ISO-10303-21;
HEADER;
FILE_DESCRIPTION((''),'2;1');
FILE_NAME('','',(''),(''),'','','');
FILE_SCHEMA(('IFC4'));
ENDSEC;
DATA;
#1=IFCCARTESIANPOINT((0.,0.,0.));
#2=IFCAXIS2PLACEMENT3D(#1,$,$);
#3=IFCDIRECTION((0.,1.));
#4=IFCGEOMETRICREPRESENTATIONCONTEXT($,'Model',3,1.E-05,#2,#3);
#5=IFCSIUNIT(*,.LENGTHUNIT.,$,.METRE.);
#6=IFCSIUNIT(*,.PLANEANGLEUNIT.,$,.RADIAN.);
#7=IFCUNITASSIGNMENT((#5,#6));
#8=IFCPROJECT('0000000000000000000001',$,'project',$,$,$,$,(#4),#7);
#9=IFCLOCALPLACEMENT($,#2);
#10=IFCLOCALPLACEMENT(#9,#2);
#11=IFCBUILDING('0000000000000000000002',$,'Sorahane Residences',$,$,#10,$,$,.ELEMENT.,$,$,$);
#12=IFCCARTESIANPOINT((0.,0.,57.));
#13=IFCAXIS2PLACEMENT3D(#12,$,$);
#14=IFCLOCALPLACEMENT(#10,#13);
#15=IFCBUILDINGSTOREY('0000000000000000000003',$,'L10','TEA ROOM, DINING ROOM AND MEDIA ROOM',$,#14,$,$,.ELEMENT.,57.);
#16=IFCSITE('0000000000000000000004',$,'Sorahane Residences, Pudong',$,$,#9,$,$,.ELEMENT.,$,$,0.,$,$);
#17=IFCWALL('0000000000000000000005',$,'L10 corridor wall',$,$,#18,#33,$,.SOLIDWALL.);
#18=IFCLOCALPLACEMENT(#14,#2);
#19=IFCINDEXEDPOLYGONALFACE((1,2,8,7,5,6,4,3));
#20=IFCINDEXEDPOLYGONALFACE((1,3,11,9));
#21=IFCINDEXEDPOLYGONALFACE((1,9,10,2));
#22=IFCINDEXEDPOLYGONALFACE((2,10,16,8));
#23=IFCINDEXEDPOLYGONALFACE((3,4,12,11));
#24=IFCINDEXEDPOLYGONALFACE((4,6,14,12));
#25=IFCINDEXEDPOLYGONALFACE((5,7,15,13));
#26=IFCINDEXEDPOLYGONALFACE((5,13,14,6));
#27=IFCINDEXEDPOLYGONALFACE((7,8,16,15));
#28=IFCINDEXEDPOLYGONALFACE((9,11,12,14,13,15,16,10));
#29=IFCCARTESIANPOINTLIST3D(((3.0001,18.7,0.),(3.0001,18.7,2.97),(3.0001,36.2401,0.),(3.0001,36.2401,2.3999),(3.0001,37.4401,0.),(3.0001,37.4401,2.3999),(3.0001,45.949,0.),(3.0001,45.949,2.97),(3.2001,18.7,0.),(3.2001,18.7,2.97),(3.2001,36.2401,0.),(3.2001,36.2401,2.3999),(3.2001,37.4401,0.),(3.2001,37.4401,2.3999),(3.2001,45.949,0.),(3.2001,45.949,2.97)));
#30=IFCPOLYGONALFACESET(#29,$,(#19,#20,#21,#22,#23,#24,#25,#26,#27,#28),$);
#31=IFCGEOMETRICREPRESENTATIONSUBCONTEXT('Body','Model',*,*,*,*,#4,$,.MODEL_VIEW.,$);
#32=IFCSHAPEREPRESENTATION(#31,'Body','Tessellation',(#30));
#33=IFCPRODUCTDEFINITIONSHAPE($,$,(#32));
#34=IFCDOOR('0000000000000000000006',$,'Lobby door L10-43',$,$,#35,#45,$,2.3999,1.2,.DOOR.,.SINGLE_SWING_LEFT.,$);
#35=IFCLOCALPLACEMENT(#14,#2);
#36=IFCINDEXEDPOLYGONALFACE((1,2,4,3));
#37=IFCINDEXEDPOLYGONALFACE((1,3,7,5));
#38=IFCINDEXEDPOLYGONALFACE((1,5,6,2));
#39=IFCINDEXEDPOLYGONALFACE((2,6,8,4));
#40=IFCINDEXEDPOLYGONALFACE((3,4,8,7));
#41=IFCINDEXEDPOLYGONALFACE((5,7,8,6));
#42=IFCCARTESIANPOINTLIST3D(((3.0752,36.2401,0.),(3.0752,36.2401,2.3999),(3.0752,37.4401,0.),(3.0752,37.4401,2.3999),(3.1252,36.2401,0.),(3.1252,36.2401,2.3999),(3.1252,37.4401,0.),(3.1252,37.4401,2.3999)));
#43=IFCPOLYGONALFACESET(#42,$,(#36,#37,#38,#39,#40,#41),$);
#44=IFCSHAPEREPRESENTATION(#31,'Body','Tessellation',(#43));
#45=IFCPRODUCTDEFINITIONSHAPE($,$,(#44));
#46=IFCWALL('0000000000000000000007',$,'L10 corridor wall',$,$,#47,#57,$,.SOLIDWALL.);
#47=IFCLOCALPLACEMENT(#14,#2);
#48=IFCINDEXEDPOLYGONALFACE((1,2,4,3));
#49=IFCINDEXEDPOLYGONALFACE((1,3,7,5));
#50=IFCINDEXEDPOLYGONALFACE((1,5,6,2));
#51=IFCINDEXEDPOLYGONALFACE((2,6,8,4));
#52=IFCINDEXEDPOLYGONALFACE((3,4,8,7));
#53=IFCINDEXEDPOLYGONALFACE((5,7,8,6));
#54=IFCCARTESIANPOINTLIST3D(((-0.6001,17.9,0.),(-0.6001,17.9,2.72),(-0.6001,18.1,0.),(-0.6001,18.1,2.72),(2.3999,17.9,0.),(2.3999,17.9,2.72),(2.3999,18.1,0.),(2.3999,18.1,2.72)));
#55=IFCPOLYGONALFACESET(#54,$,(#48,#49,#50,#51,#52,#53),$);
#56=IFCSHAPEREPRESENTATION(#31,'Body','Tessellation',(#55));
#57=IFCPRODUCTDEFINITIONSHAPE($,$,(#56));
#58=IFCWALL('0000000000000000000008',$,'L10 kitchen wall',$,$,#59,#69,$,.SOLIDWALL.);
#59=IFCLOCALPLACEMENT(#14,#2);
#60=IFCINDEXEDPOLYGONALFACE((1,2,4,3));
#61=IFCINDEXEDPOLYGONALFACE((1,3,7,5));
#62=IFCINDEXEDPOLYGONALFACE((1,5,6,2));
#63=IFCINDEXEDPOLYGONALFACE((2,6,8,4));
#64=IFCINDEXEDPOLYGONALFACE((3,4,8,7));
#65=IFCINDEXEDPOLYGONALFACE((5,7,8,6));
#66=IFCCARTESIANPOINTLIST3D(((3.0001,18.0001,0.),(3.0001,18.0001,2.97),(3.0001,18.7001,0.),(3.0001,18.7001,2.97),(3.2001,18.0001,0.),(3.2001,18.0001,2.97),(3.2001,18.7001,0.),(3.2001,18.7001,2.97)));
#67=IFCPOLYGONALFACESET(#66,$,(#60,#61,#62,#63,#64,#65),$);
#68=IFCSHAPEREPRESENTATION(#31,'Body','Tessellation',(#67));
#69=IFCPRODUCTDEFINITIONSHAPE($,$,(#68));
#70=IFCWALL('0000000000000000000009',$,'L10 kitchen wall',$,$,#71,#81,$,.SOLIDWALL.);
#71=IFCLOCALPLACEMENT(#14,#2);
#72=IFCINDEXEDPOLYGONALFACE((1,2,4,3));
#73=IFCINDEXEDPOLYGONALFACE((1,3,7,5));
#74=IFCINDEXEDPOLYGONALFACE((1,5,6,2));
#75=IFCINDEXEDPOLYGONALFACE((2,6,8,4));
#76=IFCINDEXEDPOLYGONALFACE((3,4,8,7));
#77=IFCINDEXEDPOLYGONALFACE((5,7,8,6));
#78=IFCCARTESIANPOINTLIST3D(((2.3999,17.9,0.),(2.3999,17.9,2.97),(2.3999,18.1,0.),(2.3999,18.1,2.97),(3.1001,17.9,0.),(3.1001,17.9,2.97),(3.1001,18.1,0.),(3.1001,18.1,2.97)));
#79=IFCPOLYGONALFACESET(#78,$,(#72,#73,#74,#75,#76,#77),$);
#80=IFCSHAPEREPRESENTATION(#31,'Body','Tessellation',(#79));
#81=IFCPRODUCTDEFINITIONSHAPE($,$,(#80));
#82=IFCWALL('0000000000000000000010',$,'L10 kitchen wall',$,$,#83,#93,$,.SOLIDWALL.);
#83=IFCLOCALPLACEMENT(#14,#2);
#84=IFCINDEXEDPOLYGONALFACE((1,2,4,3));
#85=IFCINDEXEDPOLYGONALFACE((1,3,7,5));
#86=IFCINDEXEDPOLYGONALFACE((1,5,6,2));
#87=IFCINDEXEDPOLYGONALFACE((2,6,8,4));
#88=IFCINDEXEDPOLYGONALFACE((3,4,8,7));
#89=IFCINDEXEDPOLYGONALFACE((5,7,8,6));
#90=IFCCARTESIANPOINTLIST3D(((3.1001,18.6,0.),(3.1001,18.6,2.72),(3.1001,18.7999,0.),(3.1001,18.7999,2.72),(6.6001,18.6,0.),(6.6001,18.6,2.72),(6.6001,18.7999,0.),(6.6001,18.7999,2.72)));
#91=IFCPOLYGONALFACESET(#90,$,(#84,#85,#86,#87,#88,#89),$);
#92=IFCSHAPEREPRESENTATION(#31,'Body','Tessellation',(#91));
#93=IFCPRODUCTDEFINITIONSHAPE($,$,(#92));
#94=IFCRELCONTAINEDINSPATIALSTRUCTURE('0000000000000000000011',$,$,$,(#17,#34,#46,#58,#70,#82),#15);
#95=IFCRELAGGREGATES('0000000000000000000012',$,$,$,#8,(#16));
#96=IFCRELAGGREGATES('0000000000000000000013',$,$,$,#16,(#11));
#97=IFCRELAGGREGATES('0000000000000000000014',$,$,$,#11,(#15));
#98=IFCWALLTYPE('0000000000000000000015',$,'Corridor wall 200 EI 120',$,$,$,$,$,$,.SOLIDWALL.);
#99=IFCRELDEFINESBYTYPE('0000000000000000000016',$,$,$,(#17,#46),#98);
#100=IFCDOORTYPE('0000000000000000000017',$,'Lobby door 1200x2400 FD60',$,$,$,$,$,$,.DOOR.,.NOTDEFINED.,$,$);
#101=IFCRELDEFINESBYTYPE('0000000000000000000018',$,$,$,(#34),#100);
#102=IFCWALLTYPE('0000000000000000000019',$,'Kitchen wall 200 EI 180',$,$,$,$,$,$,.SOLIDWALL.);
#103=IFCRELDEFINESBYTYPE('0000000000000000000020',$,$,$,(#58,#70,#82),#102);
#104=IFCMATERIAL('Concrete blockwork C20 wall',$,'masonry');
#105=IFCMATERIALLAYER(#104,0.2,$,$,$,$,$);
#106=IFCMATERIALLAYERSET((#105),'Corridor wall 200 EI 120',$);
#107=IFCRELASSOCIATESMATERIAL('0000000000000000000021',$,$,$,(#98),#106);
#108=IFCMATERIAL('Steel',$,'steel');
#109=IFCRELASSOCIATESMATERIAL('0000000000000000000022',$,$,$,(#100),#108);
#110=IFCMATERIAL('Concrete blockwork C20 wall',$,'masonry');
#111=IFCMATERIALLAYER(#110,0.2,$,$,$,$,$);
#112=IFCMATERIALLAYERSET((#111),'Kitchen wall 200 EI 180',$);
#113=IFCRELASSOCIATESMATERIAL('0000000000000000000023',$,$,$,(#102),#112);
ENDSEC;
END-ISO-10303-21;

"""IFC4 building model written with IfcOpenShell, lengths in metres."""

from ifc_helpers import new_model, si_unit, direction, frame, frame_2d, origin, place, context, subcontext, project, spatial, rectangle, extrude, material, layer, layer_set, type_object, element, fill, save


model = new_model("IFC4")

# Units and contexts
model_context = context("Model", 3, precision=1e-05, world=origin(), true_north=direction((0.0, 1.0)))
body_context = subcontext(model_context, "Body", "Model", "MODEL_VIEW")
ifc_project = project(units=[si_unit("LENGTHUNIT", "METRE"), si_unit("PLANEANGLEUNIT", "RADIAN")], contexts=[model_context])

# Site, building, storey
site_placement = place(None, origin())
site = spatial("IfcSite", under=ifc_project, at=site_placement, Name="Sorahane Residences, Pudong", CompositionType="ELEMENT", RefElevation=0.0)
building_placement = place(site_placement, origin())
building = spatial("IfcBuilding", under=site, at=building_placement, Name="Sorahane Residences", CompositionType="ELEMENT")
storey_placement = place(building_placement, frame((0.0, 0.0, 57.0)))
storey = spatial("IfcBuildingStorey", under=building, at=storey_placement, Name="L10", Description="TEA ROOM, DINING ROOM AND MEDIA ROOM", CompositionType="ELEMENT", Elevation=57.0)

# Wall, opening, door
ifc_material_1 = material(Name="Concrete blockwork C20 wall", Category="masonry")
ifc_layer_1 = layer(ifc_material_1, 0.2)
ifc_layer_set_1 = layer_set([ifc_layer_1], Name="Corridor wall 200 EI 120")
wall_type_1 = type_object("IfcWallType", Name="Corridor wall 200 EI 120", PredefinedType="SOLIDWALL", material=ifc_layer_set_1)
wall_1_placement = place(storey_placement, frame((3.1001, 18.7, 0.0), z_axis=(0.0, 0.0, 1.0), x_axis=(0.0, 1.0, 0.0)))
wall_1 = element("IfcWall", 1, at=wall_1_placement, inside=storey, type_object=wall_type_1, Name="L10 corridor wall", PredefinedType="SOLIDWALL", context=body_context, shape_type="SweptSolid", body=[
    extrude(rectangle(XDim=27.249, YDim=0.2, at=frame_2d((13.6245, 0.0))), origin(), (0.0, 0.0, 1.0), 2.97),
])
opening_1_placement = place(wall_1_placement, frame((17.54, 0.0, 0.0)))
opening_1 = element("IfcOpeningElement", 2, at=opening_1_placement, cuts=wall_1, PredefinedType="OPENING", context=body_context, shape_type="SweptSolid", body=[
    extrude(rectangle(XDim=1.2, YDim=2.3999, at=frame_2d((0.6001, 1.2))), frame((0.0, 0.1099, 0.0), z_axis=(0.0, -1.0, 0.0), x_axis=(1.0, 0.0, 0.0)), (0.0, 0.0, 1.0), 0.22),
])
ifc_material_2 = material(Name="Steel", Category="steel")
door_type_1 = type_object("IfcDoorType", Name="Lobby door 1200x2400 FD60", OperationType="NOTDEFINED", PredefinedType="DOOR", material=ifc_material_2)
door_1_placement = place(opening_1_placement, origin())
door_1 = element("IfcDoor", 3, at=door_1_placement, inside=storey, type_object=door_type_1, Name="Lobby door L10-43", OperationType="SINGLE_SWING_LEFT", OverallHeight=2.3999, OverallWidth=1.2, PredefinedType="DOOR", context=body_context, shape_type="SweptSolid", body=[
    extrude(rectangle(XDim=1.2, YDim=2.3999, at=frame_2d((0.6001, 1.2))), frame((0.0, 0.0249, 0.0), z_axis=(0.0, -1.0, 0.0), x_axis=(1.0, 0.0, 0.0)), (0.0, 0.0, 1.0), 0.05),
])
fill(opening_1, door_1)

# Walls
wall_2_placement = place(storey_placement, frame((-0.6001, 18.0, 0.0), z_axis=(0.0, 0.0, 1.0), x_axis=(1.0, 0.0, 0.0)))
element("IfcWall", 4, at=wall_2_placement, inside=storey, type_object=wall_type_1, Name="L10 corridor wall", PredefinedType="SOLIDWALL", context=body_context, shape_type="SweptSolid", body=[
    extrude(rectangle(XDim=3.0, YDim=0.2, at=frame_2d((1.5, 0.0))), origin(), (0.0, 0.0, 1.0), 2.72),
])
ifc_material_3 = material(Name="Concrete blockwork C20 wall", Category="masonry")
ifc_layer_2 = layer(ifc_material_3, 0.2)
ifc_layer_set_2 = layer_set([ifc_layer_2], Name="Kitchen wall 200 EI 180")
wall_type_2 = type_object("IfcWallType", Name="Kitchen wall 200 EI 180", PredefinedType="SOLIDWALL", material=ifc_layer_set_2)
wall_3_placement = place(storey_placement, frame((3.1001, 18.0, 0.0), z_axis=(0.0, 0.0, 1.0), x_axis=(0.0, 1.0, 0.0)))
element("IfcWall", 5, at=wall_3_placement, inside=storey, type_object=wall_type_2, Name="L10 kitchen wall", PredefinedType="SOLIDWALL", context=body_context, shape_type="SweptSolid", body=[
    extrude(rectangle(XDim=0.7, YDim=0.2, at=frame_2d((0.3501, 0.0))), origin(), (0.0, 0.0, 1.0), 2.97),
])
wall_4_placement = place(storey_placement, frame((2.3999, 18.0, 0.0), z_axis=(0.0, 0.0, 1.0), x_axis=(1.0, 0.0, 0.0)))
element("IfcWall", 6, at=wall_4_placement, inside=storey, type_object=wall_type_2, Name="L10 kitchen wall", PredefinedType="SOLIDWALL", context=body_context, shape_type="SweptSolid", body=[
    extrude(rectangle(XDim=0.7002, YDim=0.2, at=frame_2d((0.3501, 0.0))), origin(), (0.0, 0.0, 1.0), 2.97),
])
wall_5_placement = place(storey_placement, frame((3.1001, 18.7, 0.0), z_axis=(0.0, 0.0, 1.0), x_axis=(1.0, 0.0, 0.0)))
element("IfcWall", 7, at=wall_5_placement, inside=storey, type_object=wall_type_2, Name="L10 kitchen wall", PredefinedType="SOLIDWALL", context=body_context, shape_type="SweptSolid", body=[
    extrude(rectangle(XDim=3.5, YDim=0.2, at=frame_2d((1.75, 0.0))), origin(), (0.0, 0.0, 1.0), 2.72),
])

save(model, "model.ifc")
